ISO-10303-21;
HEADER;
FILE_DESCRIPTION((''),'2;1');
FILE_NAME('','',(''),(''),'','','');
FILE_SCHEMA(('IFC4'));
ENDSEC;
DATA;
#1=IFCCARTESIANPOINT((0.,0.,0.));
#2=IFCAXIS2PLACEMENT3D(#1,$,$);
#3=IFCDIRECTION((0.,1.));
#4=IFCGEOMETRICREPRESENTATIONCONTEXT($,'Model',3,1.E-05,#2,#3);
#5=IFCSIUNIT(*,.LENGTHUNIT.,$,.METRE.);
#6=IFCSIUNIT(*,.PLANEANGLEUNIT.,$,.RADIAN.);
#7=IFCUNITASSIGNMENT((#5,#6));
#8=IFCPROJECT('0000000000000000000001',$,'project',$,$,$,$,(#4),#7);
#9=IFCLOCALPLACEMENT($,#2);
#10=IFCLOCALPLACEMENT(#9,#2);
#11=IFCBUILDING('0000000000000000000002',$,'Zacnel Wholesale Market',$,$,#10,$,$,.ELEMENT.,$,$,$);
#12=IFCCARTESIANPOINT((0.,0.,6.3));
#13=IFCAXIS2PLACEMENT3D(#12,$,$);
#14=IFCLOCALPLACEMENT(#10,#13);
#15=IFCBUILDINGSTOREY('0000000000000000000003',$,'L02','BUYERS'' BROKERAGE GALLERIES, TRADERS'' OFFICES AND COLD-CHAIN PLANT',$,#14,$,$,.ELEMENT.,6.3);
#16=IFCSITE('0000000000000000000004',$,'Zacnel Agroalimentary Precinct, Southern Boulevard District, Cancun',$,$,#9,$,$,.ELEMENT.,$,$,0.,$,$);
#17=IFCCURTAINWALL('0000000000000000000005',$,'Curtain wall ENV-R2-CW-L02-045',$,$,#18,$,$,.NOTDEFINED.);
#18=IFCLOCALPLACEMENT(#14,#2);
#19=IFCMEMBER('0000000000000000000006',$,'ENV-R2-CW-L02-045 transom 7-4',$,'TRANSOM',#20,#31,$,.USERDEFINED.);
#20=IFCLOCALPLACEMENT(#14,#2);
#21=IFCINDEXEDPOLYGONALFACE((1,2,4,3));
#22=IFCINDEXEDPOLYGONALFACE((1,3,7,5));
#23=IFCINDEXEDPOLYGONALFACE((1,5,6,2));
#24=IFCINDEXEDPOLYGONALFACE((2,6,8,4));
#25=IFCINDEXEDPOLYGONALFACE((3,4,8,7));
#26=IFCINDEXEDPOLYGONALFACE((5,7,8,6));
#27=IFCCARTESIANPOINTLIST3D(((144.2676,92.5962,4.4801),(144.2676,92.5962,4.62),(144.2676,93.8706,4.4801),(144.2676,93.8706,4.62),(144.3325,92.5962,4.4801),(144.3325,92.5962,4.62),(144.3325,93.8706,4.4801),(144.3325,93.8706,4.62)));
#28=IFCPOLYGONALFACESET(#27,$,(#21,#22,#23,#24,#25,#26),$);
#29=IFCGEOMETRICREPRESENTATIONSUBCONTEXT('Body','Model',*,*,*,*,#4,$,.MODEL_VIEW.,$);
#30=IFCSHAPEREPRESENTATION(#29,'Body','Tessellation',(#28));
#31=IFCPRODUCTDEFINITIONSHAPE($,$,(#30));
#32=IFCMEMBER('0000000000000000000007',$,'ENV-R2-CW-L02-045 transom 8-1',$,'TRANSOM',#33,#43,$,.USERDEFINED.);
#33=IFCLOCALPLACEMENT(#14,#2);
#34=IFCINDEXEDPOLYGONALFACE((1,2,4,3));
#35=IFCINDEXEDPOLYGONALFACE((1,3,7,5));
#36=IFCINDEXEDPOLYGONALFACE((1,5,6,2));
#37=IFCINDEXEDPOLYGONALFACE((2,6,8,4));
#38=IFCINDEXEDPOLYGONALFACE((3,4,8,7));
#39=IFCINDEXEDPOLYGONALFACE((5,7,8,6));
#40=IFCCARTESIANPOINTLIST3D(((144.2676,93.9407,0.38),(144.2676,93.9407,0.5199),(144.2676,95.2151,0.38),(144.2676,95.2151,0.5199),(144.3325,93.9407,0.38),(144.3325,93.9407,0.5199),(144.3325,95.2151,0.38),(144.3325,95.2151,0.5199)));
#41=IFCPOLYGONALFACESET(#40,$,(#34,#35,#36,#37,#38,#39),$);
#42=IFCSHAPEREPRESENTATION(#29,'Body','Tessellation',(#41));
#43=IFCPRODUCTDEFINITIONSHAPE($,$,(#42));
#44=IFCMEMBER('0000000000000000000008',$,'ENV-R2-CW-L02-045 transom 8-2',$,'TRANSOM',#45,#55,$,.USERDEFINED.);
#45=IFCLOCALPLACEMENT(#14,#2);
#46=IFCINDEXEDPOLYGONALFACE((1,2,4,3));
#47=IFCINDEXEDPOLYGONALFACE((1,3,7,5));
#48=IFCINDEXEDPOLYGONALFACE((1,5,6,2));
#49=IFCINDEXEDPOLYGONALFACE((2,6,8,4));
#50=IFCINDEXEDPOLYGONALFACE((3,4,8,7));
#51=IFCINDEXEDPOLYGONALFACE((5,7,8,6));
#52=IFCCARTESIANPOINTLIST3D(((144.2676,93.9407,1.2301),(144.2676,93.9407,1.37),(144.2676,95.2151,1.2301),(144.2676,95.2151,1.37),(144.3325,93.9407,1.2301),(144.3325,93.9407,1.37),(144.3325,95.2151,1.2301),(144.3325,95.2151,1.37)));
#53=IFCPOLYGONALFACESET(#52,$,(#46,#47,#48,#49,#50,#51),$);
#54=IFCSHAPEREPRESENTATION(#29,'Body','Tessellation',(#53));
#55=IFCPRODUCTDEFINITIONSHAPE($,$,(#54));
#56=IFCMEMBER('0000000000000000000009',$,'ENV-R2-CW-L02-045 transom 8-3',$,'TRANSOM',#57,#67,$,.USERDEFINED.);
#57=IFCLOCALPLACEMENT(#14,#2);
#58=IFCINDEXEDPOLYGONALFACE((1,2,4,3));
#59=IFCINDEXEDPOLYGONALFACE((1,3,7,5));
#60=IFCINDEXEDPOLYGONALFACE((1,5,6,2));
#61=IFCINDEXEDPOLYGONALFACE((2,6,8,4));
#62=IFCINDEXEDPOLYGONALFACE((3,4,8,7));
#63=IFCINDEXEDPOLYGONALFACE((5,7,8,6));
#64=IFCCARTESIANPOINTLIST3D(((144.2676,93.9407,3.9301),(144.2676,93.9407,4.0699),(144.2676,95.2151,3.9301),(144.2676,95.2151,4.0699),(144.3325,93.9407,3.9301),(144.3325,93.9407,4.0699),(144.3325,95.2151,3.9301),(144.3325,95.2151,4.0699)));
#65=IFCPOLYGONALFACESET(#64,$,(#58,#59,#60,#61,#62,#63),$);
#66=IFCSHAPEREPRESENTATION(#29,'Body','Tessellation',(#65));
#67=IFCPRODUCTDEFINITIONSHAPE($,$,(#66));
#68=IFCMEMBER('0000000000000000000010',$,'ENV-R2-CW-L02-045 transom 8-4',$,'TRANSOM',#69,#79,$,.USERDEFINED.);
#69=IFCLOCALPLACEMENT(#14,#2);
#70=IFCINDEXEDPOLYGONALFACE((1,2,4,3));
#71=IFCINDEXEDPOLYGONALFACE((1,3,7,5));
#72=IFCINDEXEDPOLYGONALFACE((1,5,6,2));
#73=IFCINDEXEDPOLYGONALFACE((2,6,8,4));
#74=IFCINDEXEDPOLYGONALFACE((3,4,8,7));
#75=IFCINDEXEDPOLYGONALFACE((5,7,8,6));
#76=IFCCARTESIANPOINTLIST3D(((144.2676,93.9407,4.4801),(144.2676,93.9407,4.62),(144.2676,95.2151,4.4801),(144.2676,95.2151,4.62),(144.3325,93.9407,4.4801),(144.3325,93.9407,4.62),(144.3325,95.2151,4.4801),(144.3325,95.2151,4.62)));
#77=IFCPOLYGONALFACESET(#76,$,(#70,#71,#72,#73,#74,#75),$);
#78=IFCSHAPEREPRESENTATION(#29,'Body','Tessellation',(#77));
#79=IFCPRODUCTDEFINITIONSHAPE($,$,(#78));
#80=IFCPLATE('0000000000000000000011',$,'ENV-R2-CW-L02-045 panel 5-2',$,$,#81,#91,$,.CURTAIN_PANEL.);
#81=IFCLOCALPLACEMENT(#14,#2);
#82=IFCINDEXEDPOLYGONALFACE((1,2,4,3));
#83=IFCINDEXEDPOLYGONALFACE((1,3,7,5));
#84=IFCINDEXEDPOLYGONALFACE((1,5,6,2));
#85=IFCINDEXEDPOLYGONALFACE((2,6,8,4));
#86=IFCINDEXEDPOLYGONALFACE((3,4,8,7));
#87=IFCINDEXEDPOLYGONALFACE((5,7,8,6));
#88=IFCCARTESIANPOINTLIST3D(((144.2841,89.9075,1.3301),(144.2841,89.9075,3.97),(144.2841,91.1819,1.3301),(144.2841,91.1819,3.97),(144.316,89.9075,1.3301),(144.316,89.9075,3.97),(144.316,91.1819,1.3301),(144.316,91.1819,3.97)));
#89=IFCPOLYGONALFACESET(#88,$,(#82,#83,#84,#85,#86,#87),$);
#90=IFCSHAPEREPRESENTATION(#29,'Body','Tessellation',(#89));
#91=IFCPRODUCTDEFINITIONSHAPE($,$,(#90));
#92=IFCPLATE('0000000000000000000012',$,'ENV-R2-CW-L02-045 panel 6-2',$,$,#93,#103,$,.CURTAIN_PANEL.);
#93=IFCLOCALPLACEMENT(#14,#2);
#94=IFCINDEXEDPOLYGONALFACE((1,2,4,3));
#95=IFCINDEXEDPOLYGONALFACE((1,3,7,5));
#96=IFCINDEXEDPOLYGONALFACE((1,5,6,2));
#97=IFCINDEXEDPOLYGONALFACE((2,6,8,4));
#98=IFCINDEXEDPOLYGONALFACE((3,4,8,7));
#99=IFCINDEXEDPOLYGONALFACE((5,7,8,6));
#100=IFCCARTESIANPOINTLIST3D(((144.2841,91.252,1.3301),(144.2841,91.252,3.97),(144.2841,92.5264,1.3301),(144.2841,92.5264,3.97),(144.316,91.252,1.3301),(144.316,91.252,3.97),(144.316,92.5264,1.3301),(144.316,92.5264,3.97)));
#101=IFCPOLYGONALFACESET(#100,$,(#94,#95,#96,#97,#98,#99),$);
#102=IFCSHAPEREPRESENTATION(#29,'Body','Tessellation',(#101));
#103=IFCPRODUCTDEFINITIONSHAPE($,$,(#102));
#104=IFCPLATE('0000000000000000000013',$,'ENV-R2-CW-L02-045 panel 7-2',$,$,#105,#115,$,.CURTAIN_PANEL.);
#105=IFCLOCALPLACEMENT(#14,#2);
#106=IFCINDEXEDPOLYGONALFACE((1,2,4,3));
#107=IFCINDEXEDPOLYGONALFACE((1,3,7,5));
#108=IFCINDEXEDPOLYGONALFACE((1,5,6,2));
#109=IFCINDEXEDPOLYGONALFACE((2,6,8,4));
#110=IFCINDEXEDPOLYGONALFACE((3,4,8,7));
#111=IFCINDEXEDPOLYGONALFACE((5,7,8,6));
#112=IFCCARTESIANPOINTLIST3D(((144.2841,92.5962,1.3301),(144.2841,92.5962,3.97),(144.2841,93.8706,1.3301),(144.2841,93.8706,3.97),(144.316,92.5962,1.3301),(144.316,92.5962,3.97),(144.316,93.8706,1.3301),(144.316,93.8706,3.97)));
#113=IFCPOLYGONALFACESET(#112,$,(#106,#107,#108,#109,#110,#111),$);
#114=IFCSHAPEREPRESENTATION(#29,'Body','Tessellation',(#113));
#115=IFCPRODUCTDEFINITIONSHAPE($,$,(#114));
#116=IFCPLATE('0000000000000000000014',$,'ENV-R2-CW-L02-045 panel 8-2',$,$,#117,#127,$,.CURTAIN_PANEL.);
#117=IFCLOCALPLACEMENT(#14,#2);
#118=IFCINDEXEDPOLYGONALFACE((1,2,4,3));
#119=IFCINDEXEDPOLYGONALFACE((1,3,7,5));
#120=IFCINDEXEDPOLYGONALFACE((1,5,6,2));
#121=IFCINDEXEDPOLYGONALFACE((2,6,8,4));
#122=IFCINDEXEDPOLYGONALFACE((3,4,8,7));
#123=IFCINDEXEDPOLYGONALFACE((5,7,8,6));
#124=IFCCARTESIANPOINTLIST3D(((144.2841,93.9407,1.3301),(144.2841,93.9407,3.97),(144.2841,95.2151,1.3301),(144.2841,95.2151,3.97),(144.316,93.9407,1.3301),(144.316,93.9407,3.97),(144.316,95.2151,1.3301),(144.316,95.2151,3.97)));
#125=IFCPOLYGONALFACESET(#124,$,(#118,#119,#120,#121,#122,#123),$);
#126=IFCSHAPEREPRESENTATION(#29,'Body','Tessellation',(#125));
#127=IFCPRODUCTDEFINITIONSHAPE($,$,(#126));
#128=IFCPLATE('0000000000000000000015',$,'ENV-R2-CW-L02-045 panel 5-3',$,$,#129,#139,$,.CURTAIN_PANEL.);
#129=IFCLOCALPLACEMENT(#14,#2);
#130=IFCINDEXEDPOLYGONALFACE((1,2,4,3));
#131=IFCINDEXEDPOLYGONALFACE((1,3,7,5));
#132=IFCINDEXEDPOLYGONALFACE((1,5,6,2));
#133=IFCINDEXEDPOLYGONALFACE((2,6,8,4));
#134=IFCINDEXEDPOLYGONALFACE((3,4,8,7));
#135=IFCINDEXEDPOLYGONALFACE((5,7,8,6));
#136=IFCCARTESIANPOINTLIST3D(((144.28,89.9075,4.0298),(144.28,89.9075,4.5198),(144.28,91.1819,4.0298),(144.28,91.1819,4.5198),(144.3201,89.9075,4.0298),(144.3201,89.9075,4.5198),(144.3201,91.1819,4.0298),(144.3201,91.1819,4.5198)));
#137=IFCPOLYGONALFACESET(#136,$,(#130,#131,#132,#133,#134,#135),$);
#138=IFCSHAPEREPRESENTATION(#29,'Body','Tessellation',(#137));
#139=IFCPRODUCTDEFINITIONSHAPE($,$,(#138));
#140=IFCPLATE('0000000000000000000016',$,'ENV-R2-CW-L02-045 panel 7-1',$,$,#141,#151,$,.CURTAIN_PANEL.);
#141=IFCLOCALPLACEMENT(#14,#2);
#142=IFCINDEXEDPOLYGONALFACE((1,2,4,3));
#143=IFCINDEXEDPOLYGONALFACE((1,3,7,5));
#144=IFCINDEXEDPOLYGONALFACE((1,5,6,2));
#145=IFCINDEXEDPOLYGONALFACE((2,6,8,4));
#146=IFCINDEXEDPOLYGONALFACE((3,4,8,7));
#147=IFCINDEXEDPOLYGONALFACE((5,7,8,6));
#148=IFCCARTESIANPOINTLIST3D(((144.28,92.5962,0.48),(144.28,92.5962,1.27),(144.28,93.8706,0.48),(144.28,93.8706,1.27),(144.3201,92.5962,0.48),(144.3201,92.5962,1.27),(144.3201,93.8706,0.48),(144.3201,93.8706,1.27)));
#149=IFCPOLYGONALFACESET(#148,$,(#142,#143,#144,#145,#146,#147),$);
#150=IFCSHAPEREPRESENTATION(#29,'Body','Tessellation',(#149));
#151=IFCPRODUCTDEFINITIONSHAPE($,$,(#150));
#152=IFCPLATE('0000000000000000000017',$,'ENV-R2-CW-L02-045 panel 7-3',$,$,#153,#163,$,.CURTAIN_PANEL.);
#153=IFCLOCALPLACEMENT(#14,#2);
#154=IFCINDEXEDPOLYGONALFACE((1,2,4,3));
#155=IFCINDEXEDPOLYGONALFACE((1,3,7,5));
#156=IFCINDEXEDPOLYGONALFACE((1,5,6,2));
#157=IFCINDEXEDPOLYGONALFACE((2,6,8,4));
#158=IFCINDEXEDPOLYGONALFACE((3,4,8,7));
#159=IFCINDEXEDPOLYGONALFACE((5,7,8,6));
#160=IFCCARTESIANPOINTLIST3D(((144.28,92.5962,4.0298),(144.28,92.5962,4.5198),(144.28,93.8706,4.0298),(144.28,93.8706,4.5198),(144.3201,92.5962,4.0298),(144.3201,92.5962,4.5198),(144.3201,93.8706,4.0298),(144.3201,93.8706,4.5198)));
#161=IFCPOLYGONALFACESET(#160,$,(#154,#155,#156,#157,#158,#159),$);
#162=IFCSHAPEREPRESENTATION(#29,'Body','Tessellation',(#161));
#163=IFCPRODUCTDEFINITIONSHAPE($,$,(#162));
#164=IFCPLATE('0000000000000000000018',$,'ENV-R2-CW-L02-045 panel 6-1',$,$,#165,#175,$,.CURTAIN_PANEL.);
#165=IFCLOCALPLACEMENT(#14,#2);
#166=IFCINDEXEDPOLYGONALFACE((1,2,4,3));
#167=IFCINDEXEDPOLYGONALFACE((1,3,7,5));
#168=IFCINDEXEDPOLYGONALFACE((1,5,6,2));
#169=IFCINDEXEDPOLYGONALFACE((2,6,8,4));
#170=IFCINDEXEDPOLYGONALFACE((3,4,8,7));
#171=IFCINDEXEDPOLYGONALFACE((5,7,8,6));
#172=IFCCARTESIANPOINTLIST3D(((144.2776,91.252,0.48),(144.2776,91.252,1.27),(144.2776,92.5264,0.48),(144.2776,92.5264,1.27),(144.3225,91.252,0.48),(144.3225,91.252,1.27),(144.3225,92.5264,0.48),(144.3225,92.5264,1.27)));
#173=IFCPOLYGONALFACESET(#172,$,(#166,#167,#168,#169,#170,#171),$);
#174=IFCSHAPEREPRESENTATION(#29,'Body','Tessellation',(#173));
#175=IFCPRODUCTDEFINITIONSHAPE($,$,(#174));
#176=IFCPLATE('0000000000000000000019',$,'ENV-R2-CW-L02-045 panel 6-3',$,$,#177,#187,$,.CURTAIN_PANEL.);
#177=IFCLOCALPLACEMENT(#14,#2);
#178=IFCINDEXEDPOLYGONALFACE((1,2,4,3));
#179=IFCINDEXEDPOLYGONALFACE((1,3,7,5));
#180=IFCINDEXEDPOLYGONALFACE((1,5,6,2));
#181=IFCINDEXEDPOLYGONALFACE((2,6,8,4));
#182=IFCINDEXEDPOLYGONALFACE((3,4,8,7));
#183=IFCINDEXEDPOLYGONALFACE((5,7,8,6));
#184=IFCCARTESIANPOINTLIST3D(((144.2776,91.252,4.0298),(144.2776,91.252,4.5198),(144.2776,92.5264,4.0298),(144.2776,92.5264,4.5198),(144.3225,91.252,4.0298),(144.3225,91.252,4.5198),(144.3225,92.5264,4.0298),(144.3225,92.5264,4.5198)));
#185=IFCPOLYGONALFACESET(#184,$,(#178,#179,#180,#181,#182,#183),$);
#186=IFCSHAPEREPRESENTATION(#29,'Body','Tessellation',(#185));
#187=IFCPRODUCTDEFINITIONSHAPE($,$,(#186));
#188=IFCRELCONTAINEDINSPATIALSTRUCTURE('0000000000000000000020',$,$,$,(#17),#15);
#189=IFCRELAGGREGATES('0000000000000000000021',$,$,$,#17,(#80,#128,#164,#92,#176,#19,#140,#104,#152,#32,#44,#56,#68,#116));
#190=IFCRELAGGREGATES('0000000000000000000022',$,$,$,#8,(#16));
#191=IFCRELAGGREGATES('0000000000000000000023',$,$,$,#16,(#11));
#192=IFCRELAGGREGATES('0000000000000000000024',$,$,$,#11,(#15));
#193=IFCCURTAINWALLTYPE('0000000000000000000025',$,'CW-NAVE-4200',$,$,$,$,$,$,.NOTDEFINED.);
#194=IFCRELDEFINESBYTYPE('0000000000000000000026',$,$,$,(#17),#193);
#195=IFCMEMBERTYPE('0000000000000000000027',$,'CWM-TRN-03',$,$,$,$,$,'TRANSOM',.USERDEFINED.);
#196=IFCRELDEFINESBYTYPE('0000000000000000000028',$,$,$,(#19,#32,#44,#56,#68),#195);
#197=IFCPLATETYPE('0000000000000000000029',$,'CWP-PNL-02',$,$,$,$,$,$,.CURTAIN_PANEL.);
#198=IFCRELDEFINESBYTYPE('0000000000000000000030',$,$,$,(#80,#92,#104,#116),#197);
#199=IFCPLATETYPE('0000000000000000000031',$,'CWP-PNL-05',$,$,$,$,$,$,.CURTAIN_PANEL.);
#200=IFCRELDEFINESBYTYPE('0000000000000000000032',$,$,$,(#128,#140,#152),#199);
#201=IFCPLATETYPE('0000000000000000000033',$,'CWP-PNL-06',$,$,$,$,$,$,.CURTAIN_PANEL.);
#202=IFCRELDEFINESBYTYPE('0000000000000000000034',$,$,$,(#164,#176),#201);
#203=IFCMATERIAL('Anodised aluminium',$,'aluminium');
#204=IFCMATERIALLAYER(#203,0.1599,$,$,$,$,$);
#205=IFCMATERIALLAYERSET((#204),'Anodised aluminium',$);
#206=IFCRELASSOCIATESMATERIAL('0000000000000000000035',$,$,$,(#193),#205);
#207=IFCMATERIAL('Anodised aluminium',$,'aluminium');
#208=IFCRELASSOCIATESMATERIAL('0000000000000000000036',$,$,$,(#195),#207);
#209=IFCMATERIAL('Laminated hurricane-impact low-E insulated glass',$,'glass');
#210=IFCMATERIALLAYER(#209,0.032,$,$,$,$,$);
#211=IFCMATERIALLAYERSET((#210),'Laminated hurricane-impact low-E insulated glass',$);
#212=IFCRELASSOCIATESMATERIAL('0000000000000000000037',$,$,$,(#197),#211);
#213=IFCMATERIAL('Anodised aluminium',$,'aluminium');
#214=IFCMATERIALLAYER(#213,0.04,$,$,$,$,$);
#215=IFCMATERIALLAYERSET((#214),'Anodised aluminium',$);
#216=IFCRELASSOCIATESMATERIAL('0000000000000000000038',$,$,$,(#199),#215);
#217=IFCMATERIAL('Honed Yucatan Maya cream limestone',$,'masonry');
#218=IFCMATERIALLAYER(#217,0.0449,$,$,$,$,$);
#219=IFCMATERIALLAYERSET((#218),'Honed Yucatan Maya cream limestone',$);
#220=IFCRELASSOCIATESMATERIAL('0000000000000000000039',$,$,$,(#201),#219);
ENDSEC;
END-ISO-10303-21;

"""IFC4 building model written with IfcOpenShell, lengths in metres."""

from ifc_helpers import new_model, si_unit, direction, frame, origin, origin_2d, place, context, subcontext, project, spatial, rectangle, extrude, material, layer, layer_set, material_profile, profile_set, type_object, element, aggregate, save


model = new_model("IFC4")

# Units and contexts
model_context = context("Model", 3, precision=1e-05, world=origin(), true_north=direction((0.0, 1.0)))
body_context = subcontext(model_context, "Body", "Model", "MODEL_VIEW")
ifc_project = project(units=[si_unit("LENGTHUNIT", "METRE"), si_unit("PLANEANGLEUNIT", "RADIAN")], contexts=[model_context])

# Site, building, storey
site_placement = place(None, origin())
site = spatial("IfcSite", under=ifc_project, at=site_placement, Name="Zacnel Agroalimentary Precinct, Southern Boulevard District, Cancun", CompositionType="ELEMENT", RefElevation=0.0)
building_placement = place(site_placement, origin())
building = spatial("IfcBuilding", under=site, at=building_placement, Name="Zacnel Wholesale Market", CompositionType="ELEMENT")
storey_placement = place(building_placement, frame((0.0, 0.0, 6.3)))
storey = spatial("IfcBuildingStorey", under=building, at=storey_placement, Name="L02", Description="BUYERS' BROKERAGE GALLERIES, TRADERS' OFFICES AND COLD-CHAIN PLANT", CompositionType="ELEMENT", Elevation=6.3)

# Curtain wall, members, plates
ifc_material_1 = material(Name="Anodised aluminium", Category="aluminium")
ifc_layer_1 = layer(ifc_material_1, 0.1599)
ifc_layer_set_1 = layer_set([ifc_layer_1], Name="Anodised aluminium")
curtain_wall_type = type_object("IfcCurtainWallType", Name="CW-NAVE-4200", PredefinedType="NOTDEFINED", material=ifc_layer_set_1)
curtain_wall_placement = place(storey_placement, origin())
curtain_wall = element("IfcCurtainWall", 1, at=curtain_wall_placement, inside=storey, type_object=curtain_wall_type, Name="Curtain wall ENV-R2-CW-L02-045", PredefinedType="NOTDEFINED")
ifc_material_2 = material(Name="Anodised aluminium", Category="aluminium")
ifc_material_profile_1 = material_profile(ifc_material_2, rectangle(XDim=0.0649, YDim=0.1399, at=origin_2d()), Name="AW-TRANSOM 65x140")
ifc_profile_set_1 = profile_set([ifc_material_profile_1], Name="Anodised aluminium")
member_type_1 = type_object("IfcMemberType", Name="CWM-TRN-03", ElementType="TRANSOM", PredefinedType="USERDEFINED", material=ifc_profile_set_1)
member_1_placement = place(storey_placement, frame((144.3, 92.5962, 4.55), z_axis=(0.0, 1.0, 0.0), x_axis=(-1.0, 0.0, 0.0)))
member_1 = element("IfcMember", 2, at=member_1_placement, type_object=member_type_1, Name="ENV-R2-CW-L02-045 transom 7-4", ObjectType="TRANSOM", PredefinedType="USERDEFINED", context=body_context, shape_type="SweptSolid", body=[
    extrude(rectangle(XDim=0.0649, YDim=0.1399, at=origin_2d()), origin(), (0.0, 0.0, 1.0), 1.2744),
])
member_2_placement = place(storey_placement, frame((144.3, 93.9407, 0.45), z_axis=(0.0, 1.0, 0.0), x_axis=(-1.0, 0.0, 0.0)))
member_2 = element("IfcMember", 3, at=member_2_placement, type_object=member_type_1, Name="ENV-R2-CW-L02-045 transom 8-1", ObjectType="TRANSOM", PredefinedType="USERDEFINED", context=body_context, shape_type="SweptSolid", body=[
    extrude(rectangle(XDim=0.0649, YDim=0.1399, at=origin_2d()), origin(), (0.0, 0.0, 1.0), 1.2744),
])
member_3_placement = place(storey_placement, frame((144.3, 93.9407, 1.3), z_axis=(0.0, 1.0, 0.0), x_axis=(-1.0, 0.0, 0.0)))
member_3 = element("IfcMember", 4, at=member_3_placement, type_object=member_type_1, Name="ENV-R2-CW-L02-045 transom 8-2", ObjectType="TRANSOM", PredefinedType="USERDEFINED", context=body_context, shape_type="SweptSolid", body=[
    extrude(rectangle(XDim=0.0649, YDim=0.1399, at=origin_2d()), origin(), (0.0, 0.0, 1.0), 1.2744),
])
member_4_placement = place(storey_placement, frame((144.3, 93.9407, 4.0), z_axis=(0.0, 1.0, 0.0), x_axis=(-1.0, 0.0, 0.0)))
member_4 = element("IfcMember", 5, at=member_4_placement, type_object=member_type_1, Name="ENV-R2-CW-L02-045 transom 8-3", ObjectType="TRANSOM", PredefinedType="USERDEFINED", context=body_context, shape_type="SweptSolid", body=[
    extrude(rectangle(XDim=0.0649, YDim=0.1399, at=origin_2d()), origin(), (0.0, 0.0, 1.0), 1.2744),
])
member_5_placement = place(storey_placement, frame((144.3, 93.9407, 4.55), z_axis=(0.0, 1.0, 0.0), x_axis=(-1.0, 0.0, 0.0)))
member_5 = element("IfcMember", 6, at=member_5_placement, type_object=member_type_1, Name="ENV-R2-CW-L02-045 transom 8-4", ObjectType="TRANSOM", PredefinedType="USERDEFINED", context=body_context, shape_type="SweptSolid", body=[
    extrude(rectangle(XDim=0.0649, YDim=0.1399, at=origin_2d()), origin(), (0.0, 0.0, 1.0), 1.2744),
])
ifc_material_3 = material(Name="Laminated hurricane-impact low-E insulated glass", Category="glass")
ifc_layer_2 = layer(ifc_material_3, 0.032)
ifc_layer_set_2 = layer_set([ifc_layer_2], Name="Laminated hurricane-impact low-E insulated glass")
plate_type_1 = type_object("IfcPlateType", Name="CWP-PNL-02", PredefinedType="CURTAIN_PANEL", material=ifc_layer_set_2)
plate_1_placement = place(storey_placement, frame((144.3, 90.5447, 1.3301), z_axis=(0.0, 0.0, 1.0), x_axis=(0.0, 1.0, 0.0)))
plate_1 = element("IfcPlate", 7, at=plate_1_placement, type_object=plate_type_1, Name="ENV-R2-CW-L02-045 panel 5-2", PredefinedType="CURTAIN_PANEL", context=body_context, shape_type="SweptSolid", body=[
    extrude(rectangle(XDim=1.2744, YDim=0.032, at=origin_2d()), origin(), (0.0, 0.0, 1.0), 2.6399),
])
plate_2_placement = place(storey_placement, frame((144.3, 91.8892, 1.3301), z_axis=(0.0, 0.0, 1.0), x_axis=(0.0, 1.0, 0.0)))
plate_2 = element("IfcPlate", 8, at=plate_2_placement, type_object=plate_type_1, Name="ENV-R2-CW-L02-045 panel 6-2", PredefinedType="CURTAIN_PANEL", context=body_context, shape_type="SweptSolid", body=[
    extrude(rectangle(XDim=1.2744, YDim=0.032, at=origin_2d()), origin(), (0.0, 0.0, 1.0), 2.6399),
])
plate_3_placement = place(storey_placement, frame((144.3, 93.2334, 1.3301), z_axis=(0.0, 0.0, 1.0), x_axis=(0.0, 1.0, 0.0)))
plate_3 = element("IfcPlate", 9, at=plate_3_placement, type_object=plate_type_1, Name="ENV-R2-CW-L02-045 panel 7-2", PredefinedType="CURTAIN_PANEL", context=body_context, shape_type="SweptSolid", body=[
    extrude(rectangle(XDim=1.2744, YDim=0.032, at=origin_2d()), origin(), (0.0, 0.0, 1.0), 2.6399),
])
plate_4_placement = place(storey_placement, frame((144.3, 94.5779, 1.3301), z_axis=(0.0, 0.0, 1.0), x_axis=(0.0, 1.0, 0.0)))
plate_4 = element("IfcPlate", 10, at=plate_4_placement, type_object=plate_type_1, Name="ENV-R2-CW-L02-045 panel 8-2", PredefinedType="CURTAIN_PANEL", context=body_context, shape_type="SweptSolid", body=[
    extrude(rectangle(XDim=1.2744, YDim=0.032, at=origin_2d()), origin(), (0.0, 0.0, 1.0), 2.6399),
])
ifc_material_4 = material(Name="Anodised aluminium", Category="aluminium")
ifc_layer_3 = layer(ifc_material_4, 0.04)
ifc_layer_set_3 = layer_set([ifc_layer_3], Name="Anodised aluminium")
plate_type_2 = type_object("IfcPlateType", Name="CWP-PNL-05", PredefinedType="CURTAIN_PANEL", material=ifc_layer_set_3)
plate_5_placement = place(storey_placement, frame((144.3, 90.5447, 4.0298), z_axis=(0.0, 0.0, 1.0), x_axis=(0.0, 1.0, 0.0)))
plate_5 = element("IfcPlate", 11, at=plate_5_placement, type_object=plate_type_2, Name="ENV-R2-CW-L02-045 panel 5-3", PredefinedType="CURTAIN_PANEL", context=body_context, shape_type="SweptSolid", body=[
    extrude(rectangle(XDim=1.2744, YDim=0.04, at=origin_2d()), origin(), (0.0, 0.0, 1.0), 0.49),
])
plate_6_placement = place(storey_placement, frame((144.3, 93.2334, 0.48), z_axis=(0.0, 0.0, 1.0), x_axis=(0.0, 1.0, 0.0)))
plate_6 = element("IfcPlate", 12, at=plate_6_placement, type_object=plate_type_2, Name="ENV-R2-CW-L02-045 panel 7-1", PredefinedType="CURTAIN_PANEL", context=body_context, shape_type="SweptSolid", body=[
    extrude(rectangle(XDim=1.2744, YDim=0.04, at=origin_2d()), origin(), (0.0, 0.0, 1.0), 0.79),
])
plate_7_placement = place(storey_placement, frame((144.3, 93.2334, 4.0298), z_axis=(0.0, 0.0, 1.0), x_axis=(0.0, 1.0, 0.0)))
plate_7 = element("IfcPlate", 13, at=plate_7_placement, type_object=plate_type_2, Name="ENV-R2-CW-L02-045 panel 7-3", PredefinedType="CURTAIN_PANEL", context=body_context, shape_type="SweptSolid", body=[
    extrude(rectangle(XDim=1.2744, YDim=0.04, at=origin_2d()), origin(), (0.0, 0.0, 1.0), 0.49),
])
ifc_material_5 = material(Name="Honed Yucatan Maya cream limestone", Category="masonry")
ifc_layer_4 = layer(ifc_material_5, 0.0449)
ifc_layer_set_4 = layer_set([ifc_layer_4], Name="Honed Yucatan Maya cream limestone")
plate_type_3 = type_object("IfcPlateType", Name="CWP-PNL-06", PredefinedType="CURTAIN_PANEL", material=ifc_layer_set_4)
plate_8_placement = place(storey_placement, frame((144.3, 91.8892, 0.48), z_axis=(0.0, 0.0, 1.0), x_axis=(0.0, 1.0, 0.0)))
plate_8 = element("IfcPlate", 14, at=plate_8_placement, type_object=plate_type_3, Name="ENV-R2-CW-L02-045 panel 6-1", PredefinedType="CURTAIN_PANEL", context=body_context, shape_type="SweptSolid", body=[
    extrude(rectangle(XDim=1.2744, YDim=0.0449, at=origin_2d()), origin(), (0.0, 0.0, 1.0), 0.79),
])
plate_9_placement = place(storey_placement, frame((144.3, 91.8892, 4.0298), z_axis=(0.0, 0.0, 1.0), x_axis=(0.0, 1.0, 0.0)))
plate_9 = element("IfcPlate", 15, at=plate_9_placement, type_object=plate_type_3, Name="ENV-R2-CW-L02-045 panel 6-3", PredefinedType="CURTAIN_PANEL", context=body_context, shape_type="SweptSolid", body=[
    extrude(rectangle(XDim=1.2744, YDim=0.0449, at=origin_2d()), origin(), (0.0, 0.0, 1.0), 0.49),
])
aggregate(curtain_wall, [plate_1, plate_5, plate_8, plate_2, plate_9, member_1, plate_6, plate_3, plate_7, member_2, member_3, member_4, member_5, plate_4])

save(model, "model.ifc")
